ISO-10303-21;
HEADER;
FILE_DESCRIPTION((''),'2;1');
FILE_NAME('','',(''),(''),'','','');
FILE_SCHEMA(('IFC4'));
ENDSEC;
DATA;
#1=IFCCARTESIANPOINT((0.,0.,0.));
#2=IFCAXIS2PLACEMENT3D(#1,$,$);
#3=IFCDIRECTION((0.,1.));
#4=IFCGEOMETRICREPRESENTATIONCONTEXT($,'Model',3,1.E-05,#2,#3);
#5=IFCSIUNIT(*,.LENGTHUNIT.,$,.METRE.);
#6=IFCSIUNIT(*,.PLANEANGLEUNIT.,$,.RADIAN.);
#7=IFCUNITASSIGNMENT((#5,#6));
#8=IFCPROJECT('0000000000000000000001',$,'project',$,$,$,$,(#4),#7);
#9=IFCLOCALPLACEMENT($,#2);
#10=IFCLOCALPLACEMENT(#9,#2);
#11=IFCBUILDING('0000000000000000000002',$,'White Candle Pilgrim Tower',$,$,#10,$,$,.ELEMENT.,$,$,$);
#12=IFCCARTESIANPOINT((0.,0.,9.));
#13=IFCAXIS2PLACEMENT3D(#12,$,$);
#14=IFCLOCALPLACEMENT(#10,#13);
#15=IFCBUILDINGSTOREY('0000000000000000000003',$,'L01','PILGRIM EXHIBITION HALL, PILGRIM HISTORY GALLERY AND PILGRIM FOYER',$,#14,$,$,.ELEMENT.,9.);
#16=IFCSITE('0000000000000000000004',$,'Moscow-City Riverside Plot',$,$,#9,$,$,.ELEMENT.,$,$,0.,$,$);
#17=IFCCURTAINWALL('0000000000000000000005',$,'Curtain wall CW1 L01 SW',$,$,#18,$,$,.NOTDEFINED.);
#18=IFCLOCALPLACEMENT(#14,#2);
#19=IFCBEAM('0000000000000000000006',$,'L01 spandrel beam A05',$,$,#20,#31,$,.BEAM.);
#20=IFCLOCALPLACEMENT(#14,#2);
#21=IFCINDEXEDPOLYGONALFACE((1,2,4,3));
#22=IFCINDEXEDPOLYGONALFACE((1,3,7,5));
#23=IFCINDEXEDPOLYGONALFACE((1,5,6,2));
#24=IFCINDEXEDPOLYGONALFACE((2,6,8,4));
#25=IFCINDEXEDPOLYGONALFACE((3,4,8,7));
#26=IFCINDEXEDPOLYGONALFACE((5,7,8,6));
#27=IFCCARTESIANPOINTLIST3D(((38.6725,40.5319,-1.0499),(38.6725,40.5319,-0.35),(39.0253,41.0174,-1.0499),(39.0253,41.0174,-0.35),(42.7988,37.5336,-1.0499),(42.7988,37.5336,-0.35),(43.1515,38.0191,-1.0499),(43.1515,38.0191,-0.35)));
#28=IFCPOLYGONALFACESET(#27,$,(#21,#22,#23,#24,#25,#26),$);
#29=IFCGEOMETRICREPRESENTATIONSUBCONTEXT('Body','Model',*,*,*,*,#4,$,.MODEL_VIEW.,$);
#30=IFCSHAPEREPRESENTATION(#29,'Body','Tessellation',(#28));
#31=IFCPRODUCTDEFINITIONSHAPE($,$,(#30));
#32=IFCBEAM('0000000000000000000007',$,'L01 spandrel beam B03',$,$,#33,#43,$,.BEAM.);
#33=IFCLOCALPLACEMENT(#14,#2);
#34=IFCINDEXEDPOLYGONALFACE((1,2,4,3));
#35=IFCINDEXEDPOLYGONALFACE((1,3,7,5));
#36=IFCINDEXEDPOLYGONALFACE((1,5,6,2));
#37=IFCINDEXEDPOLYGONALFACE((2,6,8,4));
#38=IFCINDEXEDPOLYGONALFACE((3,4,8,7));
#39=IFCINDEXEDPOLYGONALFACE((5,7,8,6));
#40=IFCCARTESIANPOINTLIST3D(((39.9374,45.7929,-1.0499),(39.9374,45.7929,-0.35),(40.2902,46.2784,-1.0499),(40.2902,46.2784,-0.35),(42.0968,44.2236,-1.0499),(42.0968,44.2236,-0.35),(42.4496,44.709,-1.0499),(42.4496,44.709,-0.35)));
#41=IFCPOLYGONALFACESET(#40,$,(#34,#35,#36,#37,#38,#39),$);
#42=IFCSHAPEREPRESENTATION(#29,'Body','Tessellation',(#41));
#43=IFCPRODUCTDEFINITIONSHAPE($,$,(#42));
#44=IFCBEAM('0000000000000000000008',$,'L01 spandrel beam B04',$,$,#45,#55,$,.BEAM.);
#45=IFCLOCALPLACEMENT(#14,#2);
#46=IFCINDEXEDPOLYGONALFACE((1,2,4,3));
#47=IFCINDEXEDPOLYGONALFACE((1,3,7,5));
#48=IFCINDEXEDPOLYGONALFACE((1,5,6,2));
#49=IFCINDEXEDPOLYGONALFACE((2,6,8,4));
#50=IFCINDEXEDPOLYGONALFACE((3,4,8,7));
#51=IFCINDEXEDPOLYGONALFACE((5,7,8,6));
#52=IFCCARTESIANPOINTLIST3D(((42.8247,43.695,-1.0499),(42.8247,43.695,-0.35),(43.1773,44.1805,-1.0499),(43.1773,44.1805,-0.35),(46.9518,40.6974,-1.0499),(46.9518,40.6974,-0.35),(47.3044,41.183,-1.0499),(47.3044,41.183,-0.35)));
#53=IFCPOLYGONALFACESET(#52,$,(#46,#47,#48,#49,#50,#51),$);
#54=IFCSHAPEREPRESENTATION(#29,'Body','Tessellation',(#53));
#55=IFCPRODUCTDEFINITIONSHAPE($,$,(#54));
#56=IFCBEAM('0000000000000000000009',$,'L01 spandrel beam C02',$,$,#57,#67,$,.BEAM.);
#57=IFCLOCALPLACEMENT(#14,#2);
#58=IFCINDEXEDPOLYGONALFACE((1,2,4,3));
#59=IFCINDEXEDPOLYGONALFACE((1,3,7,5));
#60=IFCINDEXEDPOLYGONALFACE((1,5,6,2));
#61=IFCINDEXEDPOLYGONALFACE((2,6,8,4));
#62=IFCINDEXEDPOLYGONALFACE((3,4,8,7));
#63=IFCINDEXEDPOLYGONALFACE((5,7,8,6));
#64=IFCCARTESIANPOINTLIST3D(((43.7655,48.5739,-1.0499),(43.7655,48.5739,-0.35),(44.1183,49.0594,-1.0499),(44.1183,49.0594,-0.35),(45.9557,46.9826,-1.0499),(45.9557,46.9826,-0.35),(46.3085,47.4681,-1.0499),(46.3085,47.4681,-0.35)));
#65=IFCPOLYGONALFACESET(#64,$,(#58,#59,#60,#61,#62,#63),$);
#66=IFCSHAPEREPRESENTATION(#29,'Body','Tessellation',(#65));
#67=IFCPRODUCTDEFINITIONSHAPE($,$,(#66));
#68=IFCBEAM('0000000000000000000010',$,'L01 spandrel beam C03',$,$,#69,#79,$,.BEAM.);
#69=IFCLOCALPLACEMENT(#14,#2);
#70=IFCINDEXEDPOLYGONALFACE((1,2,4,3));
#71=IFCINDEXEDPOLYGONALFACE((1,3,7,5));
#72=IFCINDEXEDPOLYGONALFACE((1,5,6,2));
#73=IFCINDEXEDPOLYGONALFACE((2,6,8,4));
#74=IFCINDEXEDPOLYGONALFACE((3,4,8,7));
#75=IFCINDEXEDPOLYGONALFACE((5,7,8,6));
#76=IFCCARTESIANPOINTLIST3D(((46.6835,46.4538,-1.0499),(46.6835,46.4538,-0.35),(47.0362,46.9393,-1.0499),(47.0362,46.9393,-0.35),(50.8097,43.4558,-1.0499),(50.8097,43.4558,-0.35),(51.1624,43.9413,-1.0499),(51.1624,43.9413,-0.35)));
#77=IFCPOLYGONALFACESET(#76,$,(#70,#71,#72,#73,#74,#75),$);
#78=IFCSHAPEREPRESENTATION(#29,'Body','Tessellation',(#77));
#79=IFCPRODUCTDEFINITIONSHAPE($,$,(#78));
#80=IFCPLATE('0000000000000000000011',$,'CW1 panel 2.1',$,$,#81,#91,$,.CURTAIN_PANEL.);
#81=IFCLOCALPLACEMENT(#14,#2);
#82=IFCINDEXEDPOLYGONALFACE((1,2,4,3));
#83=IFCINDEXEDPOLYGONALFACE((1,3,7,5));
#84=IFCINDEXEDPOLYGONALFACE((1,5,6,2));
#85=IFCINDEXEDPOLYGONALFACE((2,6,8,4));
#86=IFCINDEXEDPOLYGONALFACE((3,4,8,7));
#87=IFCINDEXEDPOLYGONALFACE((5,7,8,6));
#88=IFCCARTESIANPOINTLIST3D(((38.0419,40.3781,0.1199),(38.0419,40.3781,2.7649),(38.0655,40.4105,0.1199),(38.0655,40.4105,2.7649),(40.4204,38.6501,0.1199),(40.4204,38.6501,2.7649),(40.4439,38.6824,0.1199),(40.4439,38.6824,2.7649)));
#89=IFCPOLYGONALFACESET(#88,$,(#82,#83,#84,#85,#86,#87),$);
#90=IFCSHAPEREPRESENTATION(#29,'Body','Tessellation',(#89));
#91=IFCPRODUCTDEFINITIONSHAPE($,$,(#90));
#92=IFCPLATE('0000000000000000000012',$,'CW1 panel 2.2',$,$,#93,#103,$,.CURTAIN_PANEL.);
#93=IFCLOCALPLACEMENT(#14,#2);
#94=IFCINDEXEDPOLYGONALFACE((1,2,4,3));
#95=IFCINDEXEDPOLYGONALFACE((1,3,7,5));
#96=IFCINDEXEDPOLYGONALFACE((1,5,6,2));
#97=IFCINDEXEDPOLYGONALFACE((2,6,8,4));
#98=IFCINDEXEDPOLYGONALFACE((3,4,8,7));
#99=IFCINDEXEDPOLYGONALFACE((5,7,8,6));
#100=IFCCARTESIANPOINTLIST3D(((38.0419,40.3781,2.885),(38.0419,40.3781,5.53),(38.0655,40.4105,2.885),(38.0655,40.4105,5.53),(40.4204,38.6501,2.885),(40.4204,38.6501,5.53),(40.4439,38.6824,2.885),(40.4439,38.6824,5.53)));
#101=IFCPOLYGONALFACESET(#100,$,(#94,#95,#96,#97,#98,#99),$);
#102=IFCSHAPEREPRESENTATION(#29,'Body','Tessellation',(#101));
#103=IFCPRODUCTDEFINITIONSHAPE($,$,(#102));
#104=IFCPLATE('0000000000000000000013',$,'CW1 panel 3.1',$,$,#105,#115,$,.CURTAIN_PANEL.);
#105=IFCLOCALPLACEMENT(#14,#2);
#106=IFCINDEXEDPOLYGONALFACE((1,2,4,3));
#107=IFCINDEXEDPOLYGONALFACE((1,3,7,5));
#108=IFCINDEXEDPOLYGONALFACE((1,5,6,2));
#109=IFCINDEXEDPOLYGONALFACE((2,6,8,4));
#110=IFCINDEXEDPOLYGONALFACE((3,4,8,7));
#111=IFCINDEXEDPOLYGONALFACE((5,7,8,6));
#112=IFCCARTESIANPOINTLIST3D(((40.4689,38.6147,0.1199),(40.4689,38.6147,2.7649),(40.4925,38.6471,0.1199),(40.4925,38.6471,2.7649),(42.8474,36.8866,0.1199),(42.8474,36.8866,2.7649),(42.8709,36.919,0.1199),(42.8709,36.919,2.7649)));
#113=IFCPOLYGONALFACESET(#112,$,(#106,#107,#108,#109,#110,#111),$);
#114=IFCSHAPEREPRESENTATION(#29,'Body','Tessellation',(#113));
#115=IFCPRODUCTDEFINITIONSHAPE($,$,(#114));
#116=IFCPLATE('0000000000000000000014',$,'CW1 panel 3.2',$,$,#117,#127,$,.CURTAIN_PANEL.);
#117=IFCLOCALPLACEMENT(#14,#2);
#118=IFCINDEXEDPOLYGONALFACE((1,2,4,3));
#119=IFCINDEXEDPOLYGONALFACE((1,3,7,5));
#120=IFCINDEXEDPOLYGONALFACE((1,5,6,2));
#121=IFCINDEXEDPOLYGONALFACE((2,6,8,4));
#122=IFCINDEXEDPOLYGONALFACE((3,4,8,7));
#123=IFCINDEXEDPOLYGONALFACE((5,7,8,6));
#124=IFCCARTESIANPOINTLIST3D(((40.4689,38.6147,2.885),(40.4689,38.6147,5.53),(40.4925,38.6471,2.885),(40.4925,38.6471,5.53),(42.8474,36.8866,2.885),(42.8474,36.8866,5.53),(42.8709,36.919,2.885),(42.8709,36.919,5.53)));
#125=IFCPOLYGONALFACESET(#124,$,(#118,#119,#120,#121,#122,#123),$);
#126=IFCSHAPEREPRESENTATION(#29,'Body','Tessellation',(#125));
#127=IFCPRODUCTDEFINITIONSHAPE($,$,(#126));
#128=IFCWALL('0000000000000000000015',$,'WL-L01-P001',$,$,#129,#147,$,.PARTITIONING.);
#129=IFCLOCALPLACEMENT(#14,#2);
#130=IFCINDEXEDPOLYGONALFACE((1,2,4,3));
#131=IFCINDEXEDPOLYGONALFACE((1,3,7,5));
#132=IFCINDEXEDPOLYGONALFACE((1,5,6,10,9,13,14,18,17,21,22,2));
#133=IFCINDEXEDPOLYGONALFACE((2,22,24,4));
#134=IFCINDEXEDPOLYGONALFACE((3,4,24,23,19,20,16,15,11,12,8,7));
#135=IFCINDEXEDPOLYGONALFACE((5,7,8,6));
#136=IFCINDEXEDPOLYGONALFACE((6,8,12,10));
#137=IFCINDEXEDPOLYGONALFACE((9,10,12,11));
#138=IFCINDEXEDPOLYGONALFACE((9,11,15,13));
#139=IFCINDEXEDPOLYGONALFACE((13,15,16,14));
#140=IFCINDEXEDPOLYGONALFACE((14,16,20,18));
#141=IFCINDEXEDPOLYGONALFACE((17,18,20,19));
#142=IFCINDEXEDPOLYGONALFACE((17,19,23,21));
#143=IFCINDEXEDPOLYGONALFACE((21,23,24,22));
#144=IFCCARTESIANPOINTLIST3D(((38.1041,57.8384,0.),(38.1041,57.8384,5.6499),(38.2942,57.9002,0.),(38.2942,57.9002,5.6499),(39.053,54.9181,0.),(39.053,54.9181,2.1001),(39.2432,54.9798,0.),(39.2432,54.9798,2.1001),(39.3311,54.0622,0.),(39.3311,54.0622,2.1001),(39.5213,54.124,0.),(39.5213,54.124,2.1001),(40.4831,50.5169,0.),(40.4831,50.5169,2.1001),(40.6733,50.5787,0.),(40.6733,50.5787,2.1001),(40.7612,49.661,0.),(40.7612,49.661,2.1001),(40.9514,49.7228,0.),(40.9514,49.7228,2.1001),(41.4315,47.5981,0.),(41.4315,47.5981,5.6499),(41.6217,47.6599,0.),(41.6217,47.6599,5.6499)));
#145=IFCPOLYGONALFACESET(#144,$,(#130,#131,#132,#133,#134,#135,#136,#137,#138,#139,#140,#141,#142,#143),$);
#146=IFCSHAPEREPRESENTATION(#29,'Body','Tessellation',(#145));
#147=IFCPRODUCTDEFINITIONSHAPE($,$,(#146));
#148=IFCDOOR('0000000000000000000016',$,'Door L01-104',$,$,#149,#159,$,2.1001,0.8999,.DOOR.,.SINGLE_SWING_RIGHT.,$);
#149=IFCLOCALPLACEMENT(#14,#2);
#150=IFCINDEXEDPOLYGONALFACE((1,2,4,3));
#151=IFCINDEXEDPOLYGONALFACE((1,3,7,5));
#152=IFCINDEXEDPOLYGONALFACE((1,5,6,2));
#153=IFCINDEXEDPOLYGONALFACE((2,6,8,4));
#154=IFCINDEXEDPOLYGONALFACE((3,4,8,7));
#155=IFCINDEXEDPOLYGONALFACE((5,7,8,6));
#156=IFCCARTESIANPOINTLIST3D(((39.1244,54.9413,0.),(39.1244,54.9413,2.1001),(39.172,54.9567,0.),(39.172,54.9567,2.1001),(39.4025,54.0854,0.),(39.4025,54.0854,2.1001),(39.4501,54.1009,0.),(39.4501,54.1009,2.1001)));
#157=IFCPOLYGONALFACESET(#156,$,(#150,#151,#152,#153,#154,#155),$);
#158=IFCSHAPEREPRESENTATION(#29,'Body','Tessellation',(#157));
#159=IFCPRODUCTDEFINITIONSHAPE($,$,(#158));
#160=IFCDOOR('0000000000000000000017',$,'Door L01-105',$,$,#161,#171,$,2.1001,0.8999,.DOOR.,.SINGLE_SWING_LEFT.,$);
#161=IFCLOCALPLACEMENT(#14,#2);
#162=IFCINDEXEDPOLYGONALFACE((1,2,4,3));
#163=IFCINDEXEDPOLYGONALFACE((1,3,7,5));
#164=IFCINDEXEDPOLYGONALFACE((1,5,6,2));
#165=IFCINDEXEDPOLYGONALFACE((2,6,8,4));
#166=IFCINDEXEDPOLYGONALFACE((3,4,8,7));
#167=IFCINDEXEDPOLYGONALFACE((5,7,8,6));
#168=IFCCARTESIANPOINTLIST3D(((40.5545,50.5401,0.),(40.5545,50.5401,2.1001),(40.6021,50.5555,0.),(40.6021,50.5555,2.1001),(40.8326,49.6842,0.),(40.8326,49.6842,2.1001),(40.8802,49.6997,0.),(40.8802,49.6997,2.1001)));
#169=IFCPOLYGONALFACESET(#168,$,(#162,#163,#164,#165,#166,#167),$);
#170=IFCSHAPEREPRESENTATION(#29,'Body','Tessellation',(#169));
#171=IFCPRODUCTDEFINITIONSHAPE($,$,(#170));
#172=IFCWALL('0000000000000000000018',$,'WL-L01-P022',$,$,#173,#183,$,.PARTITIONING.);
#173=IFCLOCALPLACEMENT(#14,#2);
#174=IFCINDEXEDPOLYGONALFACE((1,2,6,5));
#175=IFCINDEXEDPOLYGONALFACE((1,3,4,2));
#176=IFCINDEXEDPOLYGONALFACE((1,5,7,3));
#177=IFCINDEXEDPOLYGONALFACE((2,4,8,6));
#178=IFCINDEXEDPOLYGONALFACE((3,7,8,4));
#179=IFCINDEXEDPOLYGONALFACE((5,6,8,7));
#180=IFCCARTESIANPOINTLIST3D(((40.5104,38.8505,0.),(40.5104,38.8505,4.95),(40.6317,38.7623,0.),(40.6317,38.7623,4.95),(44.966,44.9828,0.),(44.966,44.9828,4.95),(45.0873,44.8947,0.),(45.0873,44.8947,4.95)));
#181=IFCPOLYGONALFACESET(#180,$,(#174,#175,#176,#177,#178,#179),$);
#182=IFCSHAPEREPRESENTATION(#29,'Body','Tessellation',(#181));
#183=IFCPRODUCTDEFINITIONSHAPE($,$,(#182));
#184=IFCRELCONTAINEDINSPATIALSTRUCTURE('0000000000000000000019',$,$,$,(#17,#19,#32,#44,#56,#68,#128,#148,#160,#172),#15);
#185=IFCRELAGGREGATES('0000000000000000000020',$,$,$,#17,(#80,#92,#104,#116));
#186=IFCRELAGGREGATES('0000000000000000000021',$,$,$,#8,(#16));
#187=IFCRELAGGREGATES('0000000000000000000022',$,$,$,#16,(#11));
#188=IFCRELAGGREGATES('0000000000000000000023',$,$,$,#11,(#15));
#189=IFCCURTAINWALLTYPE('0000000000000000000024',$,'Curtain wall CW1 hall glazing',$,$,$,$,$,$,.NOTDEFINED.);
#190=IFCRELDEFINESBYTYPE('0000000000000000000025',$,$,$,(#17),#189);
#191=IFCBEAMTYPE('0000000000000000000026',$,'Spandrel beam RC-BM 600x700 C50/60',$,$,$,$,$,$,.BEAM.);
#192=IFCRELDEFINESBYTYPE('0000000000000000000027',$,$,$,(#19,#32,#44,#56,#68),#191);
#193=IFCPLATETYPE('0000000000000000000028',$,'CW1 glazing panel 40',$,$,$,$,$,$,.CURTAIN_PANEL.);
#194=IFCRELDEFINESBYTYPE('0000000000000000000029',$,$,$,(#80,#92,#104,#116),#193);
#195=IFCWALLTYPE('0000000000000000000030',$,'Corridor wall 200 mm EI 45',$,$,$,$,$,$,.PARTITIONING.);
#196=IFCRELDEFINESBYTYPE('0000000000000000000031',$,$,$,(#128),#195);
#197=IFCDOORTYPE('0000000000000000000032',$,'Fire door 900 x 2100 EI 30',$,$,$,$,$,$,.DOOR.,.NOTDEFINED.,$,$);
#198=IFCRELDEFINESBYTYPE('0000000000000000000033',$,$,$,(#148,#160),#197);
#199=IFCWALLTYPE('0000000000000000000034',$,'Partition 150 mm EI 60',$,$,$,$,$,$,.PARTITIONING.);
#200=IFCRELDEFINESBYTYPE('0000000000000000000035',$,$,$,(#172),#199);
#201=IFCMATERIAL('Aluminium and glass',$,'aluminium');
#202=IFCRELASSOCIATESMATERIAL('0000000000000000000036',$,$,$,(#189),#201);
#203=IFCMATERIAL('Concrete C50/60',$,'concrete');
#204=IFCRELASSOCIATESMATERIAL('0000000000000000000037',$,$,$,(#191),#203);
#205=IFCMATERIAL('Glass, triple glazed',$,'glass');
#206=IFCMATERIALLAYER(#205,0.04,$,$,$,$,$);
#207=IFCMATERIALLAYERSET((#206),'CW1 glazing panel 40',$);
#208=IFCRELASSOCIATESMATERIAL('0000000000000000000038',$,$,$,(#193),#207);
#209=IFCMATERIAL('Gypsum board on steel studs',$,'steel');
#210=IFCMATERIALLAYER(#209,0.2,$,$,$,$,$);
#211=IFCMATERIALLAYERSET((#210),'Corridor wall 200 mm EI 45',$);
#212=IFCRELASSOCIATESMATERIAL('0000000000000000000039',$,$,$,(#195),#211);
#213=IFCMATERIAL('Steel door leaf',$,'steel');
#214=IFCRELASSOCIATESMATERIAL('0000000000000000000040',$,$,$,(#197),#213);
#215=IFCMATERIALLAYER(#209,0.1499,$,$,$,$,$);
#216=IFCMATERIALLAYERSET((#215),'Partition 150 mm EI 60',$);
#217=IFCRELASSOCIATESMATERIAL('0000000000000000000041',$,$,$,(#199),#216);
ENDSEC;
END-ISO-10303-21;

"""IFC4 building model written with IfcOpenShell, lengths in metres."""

from ifc_helpers import new_model, si_unit, direction, frame, frame_2d, origin, origin_2d, place, context, subcontext, project, spatial, rectangle, extrude, material, layer, layer_set, material_profile, profile_set, type_object, element, fill, aggregate, save


model = new_model("IFC4")

# Units and contexts
model_context = context("Model", 3, precision=1e-05, world=origin(), true_north=direction((0.0, 1.0)))
body_context = subcontext(model_context, "Body", "Model", "MODEL_VIEW")
ifc_project = project(units=[si_unit("LENGTHUNIT", "METRE"), si_unit("PLANEANGLEUNIT", "RADIAN")], contexts=[model_context])

# Site, building, storey
site_placement = place(None, origin())
site = spatial("IfcSite", under=ifc_project, at=site_placement, Name="Moscow-City Riverside Plot", CompositionType="ELEMENT", RefElevation=0.0)
building_placement = place(site_placement, origin())
building = spatial("IfcBuilding", under=site, at=building_placement, Name="White Candle Pilgrim Tower", CompositionType="ELEMENT")
storey_placement = place(building_placement, frame((0.0, 0.0, 9.0)))
storey = spatial("IfcBuildingStorey", under=building, at=storey_placement, Name="L01", Description="PILGRIM EXHIBITION HALL, PILGRIM HISTORY GALLERY AND PILGRIM FOYER", CompositionType="ELEMENT", Elevation=9.0)

# Curtain wall
ifc_material_1 = material(Name="Aluminium and glass", Category="aluminium")
curtain_wall_type = type_object("IfcCurtainWallType", Name="Curtain wall CW1 hall glazing", PredefinedType="NOTDEFINED", material=ifc_material_1)
curtain_wall_placement = place(storey_placement, origin())
curtain_wall = element("IfcCurtainWall", 1, at=curtain_wall_placement, inside=storey, type_object=curtain_wall_type, Name="Curtain wall CW1 L01 SW", PredefinedType="NOTDEFINED")

# Beams
ifc_material_2 = material(Name="Concrete C50/60", Category="concrete")
ifc_material_profile_1 = material_profile(ifc_material_2, rectangle(XDim=0.6001, YDim=0.7, at=origin_2d()), Name="RC-BM 600x700")
ifc_profile_set_1 = profile_set([ifc_material_profile_1], Name="Concrete C50/60")
beam_type = type_object("IfcBeamType", Name="Spandrel beam RC-BM 600x700 C50/60", PredefinedType="BEAM", material=ifc_profile_set_1)
beam_1_placement = place(storey_placement, frame((38.8489, 40.7747, -0.7), z_axis=(0.808978, -0.587839, 0.0), x_axis=(0.587839, 0.808978, 0.0)))
element("IfcBeam", 2, at=beam_1_placement, inside=storey, type_object=beam_type, Name="L01 spandrel beam A05", PredefinedType="BEAM", context=body_context, shape_type="SweptSolid", body=[
    extrude(rectangle(XDim=0.6001, YDim=0.7, at=origin_2d()), origin(), (0.0, 0.0, 1.0), 5.1006),
])
beam_2_placement = place(storey_placement, frame((40.1138, 46.0356, -0.7), z_axis=(0.808942, -0.587889, 0.0), x_axis=(0.587889, 0.808942, 0.0)))
element("IfcBeam", 3, at=beam_2_placement, inside=storey, type_object=beam_type, Name="L01 spandrel beam B03", PredefinedType="BEAM", context=body_context, shape_type="SweptSolid", body=[
    extrude(rectangle(XDim=0.6001, YDim=0.7, at=origin_2d()), origin(), (0.0, 0.0, 1.0), 2.6694),
])
beam_3_placement = place(storey_placement, frame((43.001, 43.9377, -0.7), z_axis=(0.809113, -0.587654, 0.0), x_axis=(0.587654, 0.809113, 0.0)))
element("IfcBeam", 4, at=beam_3_placement, inside=storey, type_object=beam_type, Name="L01 spandrel beam B04", PredefinedType="BEAM", context=body_context, shape_type="SweptSolid", body=[
    extrude(rectangle(XDim=0.6001, YDim=0.7, at=origin_2d()), origin(), (0.0, 0.0, 1.0), 5.1008),
])
beam_4_placement = place(storey_placement, frame((43.9419, 48.8167, -0.7), z_axis=(0.809009, -0.587796, 0.0), x_axis=(0.587796, 0.809009, 0.0)))
element("IfcBeam", 5, at=beam_4_placement, inside=storey, type_object=beam_type, Name="L01 spandrel beam C02", PredefinedType="BEAM", context=body_context, shape_type="SweptSolid", body=[
    extrude(rectangle(XDim=0.6001, YDim=0.7, at=origin_2d()), origin(), (0.0, 0.0, 1.0), 2.7073),
])
beam_5_placement = place(storey_placement, frame((46.8599, 46.6965, -0.7), z_axis=(0.809001, -0.587807, 0.0), x_axis=(0.587807, 0.809001, 0.0)))
element("IfcBeam", 6, at=beam_5_placement, inside=storey, type_object=beam_type, Name="L01 spandrel beam C03", PredefinedType="BEAM", context=body_context, shape_type="SweptSolid", body=[
    extrude(rectangle(XDim=0.6001, YDim=0.7, at=origin_2d()), origin(), (0.0, 0.0, 1.0), 5.1003),
])

# Plates
ifc_material_3 = material(Name="Glass, triple glazed", Category="glass")
ifc_layer_1 = layer(ifc_material_3, 0.04)
ifc_layer_set_1 = layer_set([ifc_layer_1], Name="CW1 glazing panel 40")
plate_type = type_object("IfcPlateType", Name="CW1 glazing panel 40", PredefinedType="CURTAIN_PANEL", material=ifc_layer_set_1)
plate_1_placement = place(storey_placement, frame((39.2429, 39.5303, 0.1199), z_axis=(0.0, 0.0, 1.0), x_axis=(0.809017, -0.587785, 0.0)))
plate_1 = element("IfcPlate", 7, at=plate_1_placement, type_object=plate_type, Name="CW1 panel 2.1", PredefinedType="CURTAIN_PANEL", context=body_context, shape_type="SweptSolid", body=[
    extrude(rectangle(XDim=2.9399, YDim=0.04, at=origin_2d()), origin(), (0.0, 0.0, 1.0), 2.645),
])
plate_2_placement = place(storey_placement, frame((39.2429, 39.5303, 2.885), z_axis=(0.0, 0.0, 1.0), x_axis=(0.809017, -0.587785, 0.0)))
plate_2 = element("IfcPlate", 8, at=plate_2_placement, type_object=plate_type, Name="CW1 panel 2.2", PredefinedType="CURTAIN_PANEL", context=body_context, shape_type="SweptSolid", body=[
    extrude(rectangle(XDim=2.9399, YDim=0.04, at=origin_2d()), origin(), (0.0, 0.0, 1.0), 2.645),
])
plate_3_placement = place(storey_placement, frame((41.6699, 37.7668, 0.1199), z_axis=(0.0, 0.0, 1.0), x_axis=(0.809017, -0.587785, 0.0)))
plate_3 = element("IfcPlate", 9, at=plate_3_placement, type_object=plate_type, Name="CW1 panel 3.1", PredefinedType="CURTAIN_PANEL", context=body_context, shape_type="SweptSolid", body=[
    extrude(rectangle(XDim=2.9399, YDim=0.04, at=origin_2d()), origin(), (0.0, 0.0, 1.0), 2.645),
])
plate_4_placement = place(storey_placement, frame((41.6699, 37.7668, 2.885), z_axis=(0.0, 0.0, 1.0), x_axis=(0.809017, -0.587785, 0.0)))
plate_4 = element("IfcPlate", 10, at=plate_4_placement, type_object=plate_type, Name="CW1 panel 3.2", PredefinedType="CURTAIN_PANEL", context=body_context, shape_type="SweptSolid", body=[
    extrude(rectangle(XDim=2.9399, YDim=0.04, at=origin_2d()), origin(), (0.0, 0.0, 1.0), 2.645),
])
aggregate(curtain_wall, [plate_1, plate_2, plate_3, plate_4])

# Wall, openings, doors
ifc_material_4 = material(Name="Gypsum board on steel studs", Category="steel")
ifc_layer_2 = layer(ifc_material_4, 0.2)
ifc_layer_set_2 = layer_set([ifc_layer_2], Name="Corridor wall 200 mm EI 45")
wall_type_1 = type_object("IfcWallType", Name="Corridor wall 200 mm EI 45", PredefinedType="PARTITIONING", material=ifc_layer_set_2)
wall_1_placement = place(storey_placement, frame((41.5266, 47.6289, 0.0), z_axis=(0.0, 0.0, 1.0), x_axis=(-0.309029, 0.951053, 0.0)))
wall_1 = element("IfcWall", 11, at=wall_1_placement, inside=storey, type_object=wall_type_1, Name="WL-L01-P001", PredefinedType="PARTITIONING", context=body_context, shape_type="SweptSolid", body=[
    extrude(rectangle(XDim=10.7673, YDim=0.2, at=frame_2d((5.3838, 0.0))), origin(), (0.0, 0.0, 1.0), 5.6499),
])
opening_1_placement = place(wall_1_placement, frame((6.7969, 0.0, 0.0)))
opening_1 = element("IfcOpeningElement", 12, at=opening_1_placement, cuts=wall_1, PredefinedType="OPENING", context=body_context, shape_type="SweptSolid", body=[
    extrude(rectangle(XDim=0.8999, YDim=2.1001, at=frame_2d((0.45, 1.05))), frame((0.0, 0.1099, 0.0), z_axis=(0.0, -1.0, 0.0), x_axis=(1.0, 0.0, 0.0)), (0.0, 0.0, 1.0), 0.22),
])
opening_2_placement = place(wall_1_placement, frame((2.1692, 0.0, 0.0)))
opening_2 = element("IfcOpeningElement", 13, at=opening_2_placement, cuts=wall_1, PredefinedType="OPENING", context=body_context, shape_type="SweptSolid", body=[
    extrude(rectangle(XDim=0.8999, YDim=2.1001, at=frame_2d((0.45, 1.05))), frame((0.0, 0.1099, 0.0), z_axis=(0.0, -1.0, 0.0), x_axis=(1.0, 0.0, 0.0)), (0.0, 0.0, 1.0), 0.22),
])
ifc_material_5 = material(Name="Steel door leaf", Category="steel")
door_type = type_object("IfcDoorType", Name="Fire door 900 x 2100 EI 30", OperationType="NOTDEFINED", PredefinedType="DOOR", material=ifc_material_5)
door_1_placement = place(opening_1_placement, origin())
door_1 = element("IfcDoor", 14, at=door_1_placement, inside=storey, type_object=door_type, Name="Door L01-104", OperationType="SINGLE_SWING_RIGHT", OverallHeight=2.1001, OverallWidth=0.8999, PredefinedType="DOOR", context=body_context, shape_type="SweptSolid", body=[
    extrude(rectangle(XDim=0.8999, YDim=2.1001, at=frame_2d((0.45, 1.05))), frame((0.0, 0.0249, 0.0), z_axis=(0.0, -1.0, 0.0), x_axis=(1.0, 0.0, 0.0)), (0.0, 0.0, 1.0), 0.05),
])
fill(opening_1, door_1)
door_2_placement = place(opening_2_placement, origin())
door_2 = element("IfcDoor", 15, at=door_2_placement, inside=storey, type_object=door_type, Name="Door L01-105", OperationType="SINGLE_SWING_LEFT", OverallHeight=2.1001, OverallWidth=0.8999, PredefinedType="DOOR", context=body_context, shape_type="SweptSolid", body=[
    extrude(rectangle(XDim=0.8999, YDim=2.1001, at=frame_2d((0.45, 1.05))), frame((0.0, 0.0249, 0.0), z_axis=(0.0, -1.0, 0.0), x_axis=(1.0, 0.0, 0.0)), (0.0, 0.0, 1.0), 0.05),
])
fill(opening_2, door_2)

# Wall
ifc_layer_3 = layer(ifc_material_4, 0.1499)
ifc_layer_set_3 = layer_set([ifc_layer_3], Name="Partition 150 mm EI 60")
wall_type_2 = type_object("IfcWallType", Name="Partition 150 mm EI 60", PredefinedType="PARTITIONING", material=ifc_layer_set_3)
wall_2_placement = place(storey_placement, frame((40.571, 38.8064, 0.0), z_axis=(0.0, 0.0, 1.0), x_axis=(0.5878, 0.809006, 0.0)))
element("IfcWall", 16, at=wall_2_placement, inside=storey, type_object=wall_type_2, Name="WL-L01-P022", PredefinedType="PARTITIONING", context=body_context, shape_type="SweptSolid", body=[
    extrude(rectangle(XDim=7.5801, YDim=0.1499, at=frame_2d((3.79, 0.0))), origin(), (0.0, 0.0, 1.0), 4.95),
])

save(model, "model.ifc")
